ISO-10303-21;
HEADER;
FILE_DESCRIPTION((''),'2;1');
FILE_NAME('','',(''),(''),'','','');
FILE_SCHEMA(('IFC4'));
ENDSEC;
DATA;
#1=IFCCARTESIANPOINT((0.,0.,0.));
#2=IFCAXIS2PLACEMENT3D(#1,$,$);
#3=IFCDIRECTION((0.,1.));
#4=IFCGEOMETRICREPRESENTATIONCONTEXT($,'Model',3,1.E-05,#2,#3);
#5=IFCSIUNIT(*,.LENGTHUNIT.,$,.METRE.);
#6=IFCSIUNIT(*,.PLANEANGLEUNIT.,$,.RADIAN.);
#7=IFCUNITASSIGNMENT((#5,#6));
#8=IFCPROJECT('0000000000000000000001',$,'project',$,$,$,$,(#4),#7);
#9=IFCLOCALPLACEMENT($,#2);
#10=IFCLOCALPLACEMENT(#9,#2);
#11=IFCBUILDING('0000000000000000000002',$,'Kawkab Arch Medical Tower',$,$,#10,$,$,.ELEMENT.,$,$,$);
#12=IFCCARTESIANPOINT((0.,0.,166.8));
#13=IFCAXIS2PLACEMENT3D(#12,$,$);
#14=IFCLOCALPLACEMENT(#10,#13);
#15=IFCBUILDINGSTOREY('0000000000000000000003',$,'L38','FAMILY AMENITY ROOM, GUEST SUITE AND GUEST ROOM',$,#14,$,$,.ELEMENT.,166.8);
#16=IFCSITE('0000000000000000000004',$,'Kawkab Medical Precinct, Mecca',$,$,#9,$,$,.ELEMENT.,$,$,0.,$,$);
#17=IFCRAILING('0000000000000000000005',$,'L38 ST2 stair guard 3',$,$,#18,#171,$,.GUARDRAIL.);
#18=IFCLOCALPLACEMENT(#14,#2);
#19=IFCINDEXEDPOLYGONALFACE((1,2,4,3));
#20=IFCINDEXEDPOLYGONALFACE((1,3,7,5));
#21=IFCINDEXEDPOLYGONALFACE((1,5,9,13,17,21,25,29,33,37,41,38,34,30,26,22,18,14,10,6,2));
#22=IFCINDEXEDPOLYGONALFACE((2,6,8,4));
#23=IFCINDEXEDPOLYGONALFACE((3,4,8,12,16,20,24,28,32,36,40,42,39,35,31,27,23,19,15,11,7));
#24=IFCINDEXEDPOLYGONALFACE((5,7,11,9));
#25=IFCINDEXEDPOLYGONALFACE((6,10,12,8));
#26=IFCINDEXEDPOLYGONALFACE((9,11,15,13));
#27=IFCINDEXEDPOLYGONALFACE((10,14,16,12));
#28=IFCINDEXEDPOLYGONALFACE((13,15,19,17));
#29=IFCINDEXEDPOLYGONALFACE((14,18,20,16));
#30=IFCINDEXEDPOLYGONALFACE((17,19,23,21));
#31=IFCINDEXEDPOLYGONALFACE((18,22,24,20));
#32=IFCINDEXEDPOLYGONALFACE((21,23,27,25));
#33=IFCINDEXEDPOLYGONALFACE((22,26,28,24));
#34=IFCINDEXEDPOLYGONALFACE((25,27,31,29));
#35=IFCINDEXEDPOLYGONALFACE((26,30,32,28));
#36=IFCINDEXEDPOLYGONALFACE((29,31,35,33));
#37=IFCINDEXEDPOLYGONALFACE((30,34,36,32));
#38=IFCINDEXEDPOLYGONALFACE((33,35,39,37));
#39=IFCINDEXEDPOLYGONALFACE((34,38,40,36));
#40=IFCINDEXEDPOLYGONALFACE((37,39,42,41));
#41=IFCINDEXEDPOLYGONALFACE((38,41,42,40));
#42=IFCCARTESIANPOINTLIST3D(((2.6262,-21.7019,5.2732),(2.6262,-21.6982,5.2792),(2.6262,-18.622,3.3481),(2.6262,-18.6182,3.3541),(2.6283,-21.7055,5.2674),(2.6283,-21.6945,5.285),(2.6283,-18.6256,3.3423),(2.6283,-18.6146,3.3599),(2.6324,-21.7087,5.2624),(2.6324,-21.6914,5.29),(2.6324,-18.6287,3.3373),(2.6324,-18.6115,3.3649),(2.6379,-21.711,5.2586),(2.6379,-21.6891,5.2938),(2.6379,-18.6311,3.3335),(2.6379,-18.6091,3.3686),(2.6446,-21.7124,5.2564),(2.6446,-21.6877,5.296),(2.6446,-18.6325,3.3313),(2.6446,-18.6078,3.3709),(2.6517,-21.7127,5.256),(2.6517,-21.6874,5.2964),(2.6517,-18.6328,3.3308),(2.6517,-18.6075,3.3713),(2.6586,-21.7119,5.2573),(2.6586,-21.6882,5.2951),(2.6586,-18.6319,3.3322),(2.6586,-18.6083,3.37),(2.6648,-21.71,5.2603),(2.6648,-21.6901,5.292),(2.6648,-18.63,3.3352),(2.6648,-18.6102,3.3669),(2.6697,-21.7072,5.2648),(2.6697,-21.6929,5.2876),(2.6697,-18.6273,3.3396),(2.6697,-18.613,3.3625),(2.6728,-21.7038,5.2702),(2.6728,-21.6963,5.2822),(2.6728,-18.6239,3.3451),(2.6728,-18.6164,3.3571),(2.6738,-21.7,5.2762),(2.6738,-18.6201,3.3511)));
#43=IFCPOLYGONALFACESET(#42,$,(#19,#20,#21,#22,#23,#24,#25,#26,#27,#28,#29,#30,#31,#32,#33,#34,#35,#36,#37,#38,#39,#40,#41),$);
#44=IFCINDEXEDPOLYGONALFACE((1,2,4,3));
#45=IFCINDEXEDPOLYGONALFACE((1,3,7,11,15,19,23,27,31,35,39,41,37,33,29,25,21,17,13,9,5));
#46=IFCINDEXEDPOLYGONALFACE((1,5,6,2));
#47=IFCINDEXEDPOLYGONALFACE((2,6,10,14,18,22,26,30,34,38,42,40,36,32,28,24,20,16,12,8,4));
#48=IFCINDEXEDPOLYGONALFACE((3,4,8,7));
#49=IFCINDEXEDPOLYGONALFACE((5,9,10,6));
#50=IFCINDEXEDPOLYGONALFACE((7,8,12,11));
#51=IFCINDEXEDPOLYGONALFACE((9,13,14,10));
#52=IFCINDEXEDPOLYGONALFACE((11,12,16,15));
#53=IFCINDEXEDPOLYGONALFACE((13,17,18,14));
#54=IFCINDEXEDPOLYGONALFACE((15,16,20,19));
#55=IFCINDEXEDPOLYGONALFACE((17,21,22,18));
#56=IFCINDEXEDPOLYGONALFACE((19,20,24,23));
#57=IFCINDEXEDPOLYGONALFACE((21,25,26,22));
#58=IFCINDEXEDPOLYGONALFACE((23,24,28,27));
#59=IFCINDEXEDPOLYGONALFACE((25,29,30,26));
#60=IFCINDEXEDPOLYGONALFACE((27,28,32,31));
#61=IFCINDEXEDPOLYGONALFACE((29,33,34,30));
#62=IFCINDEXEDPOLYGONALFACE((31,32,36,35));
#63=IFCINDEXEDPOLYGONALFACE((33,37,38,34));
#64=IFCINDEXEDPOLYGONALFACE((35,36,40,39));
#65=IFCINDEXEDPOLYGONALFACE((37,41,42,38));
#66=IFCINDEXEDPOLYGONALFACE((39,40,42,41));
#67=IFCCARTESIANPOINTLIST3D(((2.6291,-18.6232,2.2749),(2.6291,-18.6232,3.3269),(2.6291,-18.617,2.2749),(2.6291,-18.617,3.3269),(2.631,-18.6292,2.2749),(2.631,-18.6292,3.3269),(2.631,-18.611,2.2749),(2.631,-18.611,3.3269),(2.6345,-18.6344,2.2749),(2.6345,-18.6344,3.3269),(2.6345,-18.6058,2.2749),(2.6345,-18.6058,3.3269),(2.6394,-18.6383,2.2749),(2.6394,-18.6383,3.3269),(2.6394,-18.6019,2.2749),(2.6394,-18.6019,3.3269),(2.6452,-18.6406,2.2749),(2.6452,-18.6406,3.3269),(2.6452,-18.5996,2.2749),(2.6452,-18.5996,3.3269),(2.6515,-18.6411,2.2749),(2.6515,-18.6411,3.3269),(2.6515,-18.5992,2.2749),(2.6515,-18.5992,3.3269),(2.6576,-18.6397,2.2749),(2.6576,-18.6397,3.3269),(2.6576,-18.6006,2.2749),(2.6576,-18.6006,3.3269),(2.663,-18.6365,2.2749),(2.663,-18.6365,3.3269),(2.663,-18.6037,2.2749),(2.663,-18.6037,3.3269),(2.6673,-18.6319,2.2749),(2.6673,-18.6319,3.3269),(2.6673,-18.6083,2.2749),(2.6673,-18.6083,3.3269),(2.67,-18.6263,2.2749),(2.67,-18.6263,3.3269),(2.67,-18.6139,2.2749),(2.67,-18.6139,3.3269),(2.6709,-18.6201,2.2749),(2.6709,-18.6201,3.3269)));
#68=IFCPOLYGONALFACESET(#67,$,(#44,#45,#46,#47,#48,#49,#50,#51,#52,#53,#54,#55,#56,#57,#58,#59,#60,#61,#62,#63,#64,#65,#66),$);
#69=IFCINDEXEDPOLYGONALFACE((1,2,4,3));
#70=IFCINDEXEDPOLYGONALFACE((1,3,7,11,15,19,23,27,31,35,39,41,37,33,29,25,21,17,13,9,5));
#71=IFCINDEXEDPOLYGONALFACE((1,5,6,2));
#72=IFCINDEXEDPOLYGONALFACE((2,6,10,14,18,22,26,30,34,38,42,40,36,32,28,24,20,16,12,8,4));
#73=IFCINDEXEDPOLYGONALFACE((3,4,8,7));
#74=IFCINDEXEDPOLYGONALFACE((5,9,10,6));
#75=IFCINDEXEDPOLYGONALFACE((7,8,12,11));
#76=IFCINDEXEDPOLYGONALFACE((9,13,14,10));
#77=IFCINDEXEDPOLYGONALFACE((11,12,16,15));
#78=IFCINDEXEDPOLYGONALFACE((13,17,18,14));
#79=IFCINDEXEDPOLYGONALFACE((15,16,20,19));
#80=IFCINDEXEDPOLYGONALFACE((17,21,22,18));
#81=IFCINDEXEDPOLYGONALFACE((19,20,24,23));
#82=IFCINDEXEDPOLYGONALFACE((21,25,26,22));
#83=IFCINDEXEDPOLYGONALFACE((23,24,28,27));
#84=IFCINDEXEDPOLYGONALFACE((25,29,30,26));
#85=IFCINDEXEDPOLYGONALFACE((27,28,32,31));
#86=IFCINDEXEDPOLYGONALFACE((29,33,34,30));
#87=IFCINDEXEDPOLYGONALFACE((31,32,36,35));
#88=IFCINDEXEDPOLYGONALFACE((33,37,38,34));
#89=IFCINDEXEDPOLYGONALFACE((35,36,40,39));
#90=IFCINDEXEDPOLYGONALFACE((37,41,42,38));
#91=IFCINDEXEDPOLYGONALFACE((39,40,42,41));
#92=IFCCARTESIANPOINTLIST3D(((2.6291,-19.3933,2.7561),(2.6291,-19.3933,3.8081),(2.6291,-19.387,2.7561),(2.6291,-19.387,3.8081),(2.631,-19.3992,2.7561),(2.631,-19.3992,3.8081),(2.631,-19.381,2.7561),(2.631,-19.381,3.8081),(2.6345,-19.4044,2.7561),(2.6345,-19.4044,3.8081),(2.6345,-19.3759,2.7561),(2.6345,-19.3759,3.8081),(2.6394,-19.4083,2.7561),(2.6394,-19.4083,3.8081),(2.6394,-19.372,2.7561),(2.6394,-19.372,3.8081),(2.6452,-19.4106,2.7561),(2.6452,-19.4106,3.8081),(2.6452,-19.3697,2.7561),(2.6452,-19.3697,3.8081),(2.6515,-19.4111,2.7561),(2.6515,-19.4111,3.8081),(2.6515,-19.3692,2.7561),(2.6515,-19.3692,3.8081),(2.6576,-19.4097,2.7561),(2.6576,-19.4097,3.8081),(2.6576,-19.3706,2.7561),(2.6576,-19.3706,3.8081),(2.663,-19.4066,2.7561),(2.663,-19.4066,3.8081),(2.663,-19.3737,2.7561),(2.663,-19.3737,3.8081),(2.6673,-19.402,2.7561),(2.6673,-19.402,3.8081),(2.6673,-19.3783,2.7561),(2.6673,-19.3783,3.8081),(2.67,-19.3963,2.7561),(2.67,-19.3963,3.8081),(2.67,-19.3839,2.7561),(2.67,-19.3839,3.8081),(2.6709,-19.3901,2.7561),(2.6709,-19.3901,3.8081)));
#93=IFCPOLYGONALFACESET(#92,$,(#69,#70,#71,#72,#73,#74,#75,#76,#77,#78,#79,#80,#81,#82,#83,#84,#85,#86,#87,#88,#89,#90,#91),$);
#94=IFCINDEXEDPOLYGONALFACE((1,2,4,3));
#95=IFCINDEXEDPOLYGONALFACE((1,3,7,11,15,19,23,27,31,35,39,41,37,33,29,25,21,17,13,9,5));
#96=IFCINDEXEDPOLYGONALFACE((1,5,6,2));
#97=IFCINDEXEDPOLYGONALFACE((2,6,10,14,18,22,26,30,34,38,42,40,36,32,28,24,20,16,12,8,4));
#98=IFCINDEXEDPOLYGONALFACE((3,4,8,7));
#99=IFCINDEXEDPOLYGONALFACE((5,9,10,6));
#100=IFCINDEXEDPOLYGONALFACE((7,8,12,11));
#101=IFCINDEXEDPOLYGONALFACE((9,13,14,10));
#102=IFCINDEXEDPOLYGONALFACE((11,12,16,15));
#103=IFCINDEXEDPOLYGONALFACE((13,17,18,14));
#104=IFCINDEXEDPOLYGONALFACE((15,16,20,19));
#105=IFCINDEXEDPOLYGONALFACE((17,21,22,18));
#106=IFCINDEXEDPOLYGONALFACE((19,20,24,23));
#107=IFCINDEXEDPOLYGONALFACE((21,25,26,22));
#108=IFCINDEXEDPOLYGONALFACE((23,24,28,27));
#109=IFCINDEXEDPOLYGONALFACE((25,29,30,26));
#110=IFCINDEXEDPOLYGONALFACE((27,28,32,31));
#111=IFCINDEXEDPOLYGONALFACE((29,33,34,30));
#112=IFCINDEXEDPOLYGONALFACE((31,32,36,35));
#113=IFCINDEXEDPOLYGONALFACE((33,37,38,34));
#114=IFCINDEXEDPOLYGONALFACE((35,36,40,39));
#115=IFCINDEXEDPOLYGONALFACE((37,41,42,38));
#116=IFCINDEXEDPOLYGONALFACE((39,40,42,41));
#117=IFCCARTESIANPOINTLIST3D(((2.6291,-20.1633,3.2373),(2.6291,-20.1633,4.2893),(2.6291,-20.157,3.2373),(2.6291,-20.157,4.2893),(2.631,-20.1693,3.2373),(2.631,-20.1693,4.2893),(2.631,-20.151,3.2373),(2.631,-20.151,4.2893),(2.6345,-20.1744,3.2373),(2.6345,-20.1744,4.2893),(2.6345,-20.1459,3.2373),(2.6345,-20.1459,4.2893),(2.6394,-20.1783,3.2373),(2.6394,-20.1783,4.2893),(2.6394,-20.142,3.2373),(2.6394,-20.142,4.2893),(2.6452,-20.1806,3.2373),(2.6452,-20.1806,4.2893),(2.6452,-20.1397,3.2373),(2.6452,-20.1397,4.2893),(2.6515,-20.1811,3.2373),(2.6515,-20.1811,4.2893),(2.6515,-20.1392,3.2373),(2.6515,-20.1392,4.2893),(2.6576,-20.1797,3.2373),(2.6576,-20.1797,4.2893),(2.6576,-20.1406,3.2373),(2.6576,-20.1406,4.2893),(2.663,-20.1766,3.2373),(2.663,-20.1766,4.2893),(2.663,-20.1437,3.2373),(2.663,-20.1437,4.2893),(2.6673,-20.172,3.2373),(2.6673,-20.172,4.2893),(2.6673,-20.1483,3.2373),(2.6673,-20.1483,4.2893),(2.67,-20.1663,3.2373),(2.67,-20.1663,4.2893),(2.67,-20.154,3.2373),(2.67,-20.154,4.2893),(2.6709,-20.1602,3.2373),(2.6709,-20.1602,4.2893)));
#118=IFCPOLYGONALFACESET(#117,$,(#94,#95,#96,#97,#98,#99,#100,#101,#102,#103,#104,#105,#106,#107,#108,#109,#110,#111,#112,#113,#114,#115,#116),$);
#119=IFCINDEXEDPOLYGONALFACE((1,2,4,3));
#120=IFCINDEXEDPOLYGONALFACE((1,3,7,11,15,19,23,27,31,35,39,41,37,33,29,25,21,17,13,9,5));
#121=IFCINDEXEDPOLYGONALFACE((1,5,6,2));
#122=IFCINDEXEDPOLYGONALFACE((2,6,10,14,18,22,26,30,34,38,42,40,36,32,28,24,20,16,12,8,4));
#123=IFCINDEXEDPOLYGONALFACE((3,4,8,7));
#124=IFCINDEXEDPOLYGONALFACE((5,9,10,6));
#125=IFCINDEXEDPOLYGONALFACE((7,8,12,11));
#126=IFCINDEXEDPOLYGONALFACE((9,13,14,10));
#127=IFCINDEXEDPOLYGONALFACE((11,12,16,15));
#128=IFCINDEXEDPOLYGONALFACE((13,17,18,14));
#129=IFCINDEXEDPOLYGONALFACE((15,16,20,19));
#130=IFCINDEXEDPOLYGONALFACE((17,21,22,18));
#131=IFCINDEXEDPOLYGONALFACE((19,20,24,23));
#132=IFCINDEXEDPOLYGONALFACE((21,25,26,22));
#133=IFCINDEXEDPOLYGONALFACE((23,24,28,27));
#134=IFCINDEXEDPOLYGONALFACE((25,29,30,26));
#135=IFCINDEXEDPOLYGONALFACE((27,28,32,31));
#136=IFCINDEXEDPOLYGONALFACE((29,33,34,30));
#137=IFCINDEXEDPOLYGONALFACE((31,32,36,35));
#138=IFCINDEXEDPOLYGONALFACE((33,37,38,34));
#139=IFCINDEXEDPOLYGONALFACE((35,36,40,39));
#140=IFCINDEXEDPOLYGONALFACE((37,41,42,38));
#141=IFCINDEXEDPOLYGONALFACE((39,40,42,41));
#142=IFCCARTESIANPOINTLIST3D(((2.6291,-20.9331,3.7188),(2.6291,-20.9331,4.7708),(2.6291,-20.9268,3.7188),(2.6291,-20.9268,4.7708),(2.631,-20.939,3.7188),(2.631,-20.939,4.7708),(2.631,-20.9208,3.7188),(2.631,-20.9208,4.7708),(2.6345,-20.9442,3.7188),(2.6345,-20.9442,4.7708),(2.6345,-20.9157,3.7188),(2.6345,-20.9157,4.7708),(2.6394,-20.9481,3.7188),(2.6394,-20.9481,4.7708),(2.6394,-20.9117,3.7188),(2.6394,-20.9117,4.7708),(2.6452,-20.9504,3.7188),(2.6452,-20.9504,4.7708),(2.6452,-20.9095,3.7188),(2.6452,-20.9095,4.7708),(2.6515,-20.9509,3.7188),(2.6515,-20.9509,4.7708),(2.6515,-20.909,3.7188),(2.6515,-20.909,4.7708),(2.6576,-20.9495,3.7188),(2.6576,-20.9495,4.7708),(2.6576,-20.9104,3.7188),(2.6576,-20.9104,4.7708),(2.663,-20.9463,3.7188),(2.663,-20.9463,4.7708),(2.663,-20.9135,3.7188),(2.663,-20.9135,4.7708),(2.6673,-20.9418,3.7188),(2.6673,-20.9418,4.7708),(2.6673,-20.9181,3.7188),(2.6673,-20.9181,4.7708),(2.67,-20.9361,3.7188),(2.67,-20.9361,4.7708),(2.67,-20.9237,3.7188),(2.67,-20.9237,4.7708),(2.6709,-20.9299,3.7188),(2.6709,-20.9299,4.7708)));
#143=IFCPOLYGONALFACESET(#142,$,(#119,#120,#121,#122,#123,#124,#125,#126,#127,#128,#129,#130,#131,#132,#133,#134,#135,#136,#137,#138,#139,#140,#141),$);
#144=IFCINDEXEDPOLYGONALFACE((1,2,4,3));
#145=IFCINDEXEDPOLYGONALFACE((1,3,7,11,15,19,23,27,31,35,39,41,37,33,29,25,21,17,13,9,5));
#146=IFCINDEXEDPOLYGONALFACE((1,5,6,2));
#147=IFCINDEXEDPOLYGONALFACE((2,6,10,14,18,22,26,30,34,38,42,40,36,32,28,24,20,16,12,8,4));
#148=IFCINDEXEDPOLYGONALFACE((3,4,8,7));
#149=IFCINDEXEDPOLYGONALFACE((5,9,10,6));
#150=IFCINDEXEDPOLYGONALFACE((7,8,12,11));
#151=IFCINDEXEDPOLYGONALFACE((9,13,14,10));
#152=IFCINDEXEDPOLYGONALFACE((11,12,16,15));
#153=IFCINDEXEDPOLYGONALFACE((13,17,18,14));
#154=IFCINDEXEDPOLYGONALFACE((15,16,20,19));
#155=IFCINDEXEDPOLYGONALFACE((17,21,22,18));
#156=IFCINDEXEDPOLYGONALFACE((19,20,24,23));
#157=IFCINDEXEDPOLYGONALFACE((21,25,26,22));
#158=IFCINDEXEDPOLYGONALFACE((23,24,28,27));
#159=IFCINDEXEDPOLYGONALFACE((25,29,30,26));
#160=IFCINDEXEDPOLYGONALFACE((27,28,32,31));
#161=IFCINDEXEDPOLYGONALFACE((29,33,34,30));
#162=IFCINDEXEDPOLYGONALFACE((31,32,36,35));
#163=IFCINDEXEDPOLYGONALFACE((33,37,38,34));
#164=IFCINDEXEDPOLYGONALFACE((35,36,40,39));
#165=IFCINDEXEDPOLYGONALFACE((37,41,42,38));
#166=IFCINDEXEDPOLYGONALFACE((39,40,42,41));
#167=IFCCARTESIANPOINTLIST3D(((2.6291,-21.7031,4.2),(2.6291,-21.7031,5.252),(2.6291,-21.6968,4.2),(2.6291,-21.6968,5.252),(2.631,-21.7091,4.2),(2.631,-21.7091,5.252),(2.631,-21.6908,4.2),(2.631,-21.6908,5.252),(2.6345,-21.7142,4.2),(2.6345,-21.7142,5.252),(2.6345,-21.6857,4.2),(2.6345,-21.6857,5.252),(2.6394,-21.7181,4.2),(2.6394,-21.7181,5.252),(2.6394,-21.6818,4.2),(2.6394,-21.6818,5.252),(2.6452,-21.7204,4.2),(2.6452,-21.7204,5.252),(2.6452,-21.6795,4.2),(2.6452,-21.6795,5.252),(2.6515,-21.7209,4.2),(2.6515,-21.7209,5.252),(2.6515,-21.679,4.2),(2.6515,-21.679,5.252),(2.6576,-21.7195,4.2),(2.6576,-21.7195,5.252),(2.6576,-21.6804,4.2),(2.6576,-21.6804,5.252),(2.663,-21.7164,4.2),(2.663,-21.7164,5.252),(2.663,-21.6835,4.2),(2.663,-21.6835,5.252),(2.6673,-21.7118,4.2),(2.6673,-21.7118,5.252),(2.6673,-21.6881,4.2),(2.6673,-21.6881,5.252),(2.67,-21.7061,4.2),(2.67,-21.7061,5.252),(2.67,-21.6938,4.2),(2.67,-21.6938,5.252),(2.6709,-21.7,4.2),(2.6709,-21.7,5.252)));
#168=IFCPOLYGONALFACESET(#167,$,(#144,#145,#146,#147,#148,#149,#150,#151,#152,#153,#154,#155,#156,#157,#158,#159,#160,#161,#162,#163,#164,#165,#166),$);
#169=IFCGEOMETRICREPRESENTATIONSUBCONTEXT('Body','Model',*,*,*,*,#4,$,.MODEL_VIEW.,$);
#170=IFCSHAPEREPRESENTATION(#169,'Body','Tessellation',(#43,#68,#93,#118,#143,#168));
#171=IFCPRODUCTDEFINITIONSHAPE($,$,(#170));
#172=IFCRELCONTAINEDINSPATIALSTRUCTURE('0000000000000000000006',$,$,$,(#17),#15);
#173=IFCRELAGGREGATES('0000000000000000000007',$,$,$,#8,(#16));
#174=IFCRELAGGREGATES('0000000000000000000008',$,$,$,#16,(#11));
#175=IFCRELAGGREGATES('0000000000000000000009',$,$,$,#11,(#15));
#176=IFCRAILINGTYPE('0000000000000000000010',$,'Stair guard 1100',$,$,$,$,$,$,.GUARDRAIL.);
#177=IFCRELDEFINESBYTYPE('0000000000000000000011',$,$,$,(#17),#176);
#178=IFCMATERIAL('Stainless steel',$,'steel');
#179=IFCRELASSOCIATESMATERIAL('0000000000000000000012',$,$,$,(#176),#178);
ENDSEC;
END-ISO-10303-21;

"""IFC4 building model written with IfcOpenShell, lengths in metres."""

from ifc_helpers import new_model, si_unit, direction, frame, origin, origin_2d, place, context, subcontext, project, spatial, circle, extrude, material, type_object, element, save


model = new_model("IFC4")

# Units and contexts
model_context = context("Model", 3, precision=1e-05, world=origin(), true_north=direction((0.0, 1.0)))
body_context = subcontext(model_context, "Body", "Model", "MODEL_VIEW")
ifc_project = project(units=[si_unit("LENGTHUNIT", "METRE"), si_unit("PLANEANGLEUNIT", "RADIAN")], contexts=[model_context])

# Site, building, storey
site_placement = place(None, origin())
site = spatial("IfcSite", under=ifc_project, at=site_placement, Name="Kawkab Medical Precinct, Mecca", CompositionType="ELEMENT", RefElevation=0.0)
building_placement = place(site_placement, origin())
building = spatial("IfcBuilding", under=site, at=building_placement, Name="Kawkab Arch Medical Tower", CompositionType="ELEMENT")
storey_placement = place(building_placement, frame((0.0, 0.0, 166.8)))
storey = spatial("IfcBuildingStorey", under=building, at=storey_placement, Name="L38", Description="FAMILY AMENITY ROOM, GUEST SUITE AND GUEST ROOM", CompositionType="ELEMENT", Elevation=166.8)

# Railing
ifc_material_1 = material(Name="Stainless steel", Category="steel")
railing_type_1 = type_object("IfcRailingType", Name="Stair guard 1100", PredefinedType="GUARDRAIL", material=ifc_material_1)
railing_1_placement = place(storey_placement, frame((2.6499, -18.6201, 2.2749)))
element("IfcRailing", 1, at=railing_1_placement, inside=storey, type_object=railing_type_1, Name="L38 ST2 stair guard 3", PredefinedType="GUARDRAIL", context=body_context, shape_type="SweptSolid", body=[
    extrude(circle(Radius=0.0239, at=origin_2d()), frame((0.0, 0.0, 1.0762), z_axis=(0.0, -0.847979, 0.530029), x_axis=(1.0, 0.0, 0.0)), (0.0, 0.0, 1.0), 3.6321),
    extrude(circle(Radius=0.021, at=origin_2d()), origin(), (0.0, 0.0, 1.0), 1.052),
    extrude(circle(Radius=0.021, at=origin_2d()), frame((0.0, -0.77, 0.4812)), (0.0, 0.0, 1.0), 1.052),
    extrude(circle(Radius=0.021, at=origin_2d()), frame((0.0, -1.54, 0.9624)), (0.0, 0.0, 1.0), 1.052),
    extrude(circle(Radius=0.021, at=origin_2d()), frame((0.0, -2.3098, 1.4438)), (0.0, 0.0, 1.0), 1.052),
    extrude(circle(Radius=0.021, at=origin_2d()), frame((0.0, -3.0798, 1.925)), (0.0, 0.0, 1.0), 1.052),
])

save(model, "model.ifc")
